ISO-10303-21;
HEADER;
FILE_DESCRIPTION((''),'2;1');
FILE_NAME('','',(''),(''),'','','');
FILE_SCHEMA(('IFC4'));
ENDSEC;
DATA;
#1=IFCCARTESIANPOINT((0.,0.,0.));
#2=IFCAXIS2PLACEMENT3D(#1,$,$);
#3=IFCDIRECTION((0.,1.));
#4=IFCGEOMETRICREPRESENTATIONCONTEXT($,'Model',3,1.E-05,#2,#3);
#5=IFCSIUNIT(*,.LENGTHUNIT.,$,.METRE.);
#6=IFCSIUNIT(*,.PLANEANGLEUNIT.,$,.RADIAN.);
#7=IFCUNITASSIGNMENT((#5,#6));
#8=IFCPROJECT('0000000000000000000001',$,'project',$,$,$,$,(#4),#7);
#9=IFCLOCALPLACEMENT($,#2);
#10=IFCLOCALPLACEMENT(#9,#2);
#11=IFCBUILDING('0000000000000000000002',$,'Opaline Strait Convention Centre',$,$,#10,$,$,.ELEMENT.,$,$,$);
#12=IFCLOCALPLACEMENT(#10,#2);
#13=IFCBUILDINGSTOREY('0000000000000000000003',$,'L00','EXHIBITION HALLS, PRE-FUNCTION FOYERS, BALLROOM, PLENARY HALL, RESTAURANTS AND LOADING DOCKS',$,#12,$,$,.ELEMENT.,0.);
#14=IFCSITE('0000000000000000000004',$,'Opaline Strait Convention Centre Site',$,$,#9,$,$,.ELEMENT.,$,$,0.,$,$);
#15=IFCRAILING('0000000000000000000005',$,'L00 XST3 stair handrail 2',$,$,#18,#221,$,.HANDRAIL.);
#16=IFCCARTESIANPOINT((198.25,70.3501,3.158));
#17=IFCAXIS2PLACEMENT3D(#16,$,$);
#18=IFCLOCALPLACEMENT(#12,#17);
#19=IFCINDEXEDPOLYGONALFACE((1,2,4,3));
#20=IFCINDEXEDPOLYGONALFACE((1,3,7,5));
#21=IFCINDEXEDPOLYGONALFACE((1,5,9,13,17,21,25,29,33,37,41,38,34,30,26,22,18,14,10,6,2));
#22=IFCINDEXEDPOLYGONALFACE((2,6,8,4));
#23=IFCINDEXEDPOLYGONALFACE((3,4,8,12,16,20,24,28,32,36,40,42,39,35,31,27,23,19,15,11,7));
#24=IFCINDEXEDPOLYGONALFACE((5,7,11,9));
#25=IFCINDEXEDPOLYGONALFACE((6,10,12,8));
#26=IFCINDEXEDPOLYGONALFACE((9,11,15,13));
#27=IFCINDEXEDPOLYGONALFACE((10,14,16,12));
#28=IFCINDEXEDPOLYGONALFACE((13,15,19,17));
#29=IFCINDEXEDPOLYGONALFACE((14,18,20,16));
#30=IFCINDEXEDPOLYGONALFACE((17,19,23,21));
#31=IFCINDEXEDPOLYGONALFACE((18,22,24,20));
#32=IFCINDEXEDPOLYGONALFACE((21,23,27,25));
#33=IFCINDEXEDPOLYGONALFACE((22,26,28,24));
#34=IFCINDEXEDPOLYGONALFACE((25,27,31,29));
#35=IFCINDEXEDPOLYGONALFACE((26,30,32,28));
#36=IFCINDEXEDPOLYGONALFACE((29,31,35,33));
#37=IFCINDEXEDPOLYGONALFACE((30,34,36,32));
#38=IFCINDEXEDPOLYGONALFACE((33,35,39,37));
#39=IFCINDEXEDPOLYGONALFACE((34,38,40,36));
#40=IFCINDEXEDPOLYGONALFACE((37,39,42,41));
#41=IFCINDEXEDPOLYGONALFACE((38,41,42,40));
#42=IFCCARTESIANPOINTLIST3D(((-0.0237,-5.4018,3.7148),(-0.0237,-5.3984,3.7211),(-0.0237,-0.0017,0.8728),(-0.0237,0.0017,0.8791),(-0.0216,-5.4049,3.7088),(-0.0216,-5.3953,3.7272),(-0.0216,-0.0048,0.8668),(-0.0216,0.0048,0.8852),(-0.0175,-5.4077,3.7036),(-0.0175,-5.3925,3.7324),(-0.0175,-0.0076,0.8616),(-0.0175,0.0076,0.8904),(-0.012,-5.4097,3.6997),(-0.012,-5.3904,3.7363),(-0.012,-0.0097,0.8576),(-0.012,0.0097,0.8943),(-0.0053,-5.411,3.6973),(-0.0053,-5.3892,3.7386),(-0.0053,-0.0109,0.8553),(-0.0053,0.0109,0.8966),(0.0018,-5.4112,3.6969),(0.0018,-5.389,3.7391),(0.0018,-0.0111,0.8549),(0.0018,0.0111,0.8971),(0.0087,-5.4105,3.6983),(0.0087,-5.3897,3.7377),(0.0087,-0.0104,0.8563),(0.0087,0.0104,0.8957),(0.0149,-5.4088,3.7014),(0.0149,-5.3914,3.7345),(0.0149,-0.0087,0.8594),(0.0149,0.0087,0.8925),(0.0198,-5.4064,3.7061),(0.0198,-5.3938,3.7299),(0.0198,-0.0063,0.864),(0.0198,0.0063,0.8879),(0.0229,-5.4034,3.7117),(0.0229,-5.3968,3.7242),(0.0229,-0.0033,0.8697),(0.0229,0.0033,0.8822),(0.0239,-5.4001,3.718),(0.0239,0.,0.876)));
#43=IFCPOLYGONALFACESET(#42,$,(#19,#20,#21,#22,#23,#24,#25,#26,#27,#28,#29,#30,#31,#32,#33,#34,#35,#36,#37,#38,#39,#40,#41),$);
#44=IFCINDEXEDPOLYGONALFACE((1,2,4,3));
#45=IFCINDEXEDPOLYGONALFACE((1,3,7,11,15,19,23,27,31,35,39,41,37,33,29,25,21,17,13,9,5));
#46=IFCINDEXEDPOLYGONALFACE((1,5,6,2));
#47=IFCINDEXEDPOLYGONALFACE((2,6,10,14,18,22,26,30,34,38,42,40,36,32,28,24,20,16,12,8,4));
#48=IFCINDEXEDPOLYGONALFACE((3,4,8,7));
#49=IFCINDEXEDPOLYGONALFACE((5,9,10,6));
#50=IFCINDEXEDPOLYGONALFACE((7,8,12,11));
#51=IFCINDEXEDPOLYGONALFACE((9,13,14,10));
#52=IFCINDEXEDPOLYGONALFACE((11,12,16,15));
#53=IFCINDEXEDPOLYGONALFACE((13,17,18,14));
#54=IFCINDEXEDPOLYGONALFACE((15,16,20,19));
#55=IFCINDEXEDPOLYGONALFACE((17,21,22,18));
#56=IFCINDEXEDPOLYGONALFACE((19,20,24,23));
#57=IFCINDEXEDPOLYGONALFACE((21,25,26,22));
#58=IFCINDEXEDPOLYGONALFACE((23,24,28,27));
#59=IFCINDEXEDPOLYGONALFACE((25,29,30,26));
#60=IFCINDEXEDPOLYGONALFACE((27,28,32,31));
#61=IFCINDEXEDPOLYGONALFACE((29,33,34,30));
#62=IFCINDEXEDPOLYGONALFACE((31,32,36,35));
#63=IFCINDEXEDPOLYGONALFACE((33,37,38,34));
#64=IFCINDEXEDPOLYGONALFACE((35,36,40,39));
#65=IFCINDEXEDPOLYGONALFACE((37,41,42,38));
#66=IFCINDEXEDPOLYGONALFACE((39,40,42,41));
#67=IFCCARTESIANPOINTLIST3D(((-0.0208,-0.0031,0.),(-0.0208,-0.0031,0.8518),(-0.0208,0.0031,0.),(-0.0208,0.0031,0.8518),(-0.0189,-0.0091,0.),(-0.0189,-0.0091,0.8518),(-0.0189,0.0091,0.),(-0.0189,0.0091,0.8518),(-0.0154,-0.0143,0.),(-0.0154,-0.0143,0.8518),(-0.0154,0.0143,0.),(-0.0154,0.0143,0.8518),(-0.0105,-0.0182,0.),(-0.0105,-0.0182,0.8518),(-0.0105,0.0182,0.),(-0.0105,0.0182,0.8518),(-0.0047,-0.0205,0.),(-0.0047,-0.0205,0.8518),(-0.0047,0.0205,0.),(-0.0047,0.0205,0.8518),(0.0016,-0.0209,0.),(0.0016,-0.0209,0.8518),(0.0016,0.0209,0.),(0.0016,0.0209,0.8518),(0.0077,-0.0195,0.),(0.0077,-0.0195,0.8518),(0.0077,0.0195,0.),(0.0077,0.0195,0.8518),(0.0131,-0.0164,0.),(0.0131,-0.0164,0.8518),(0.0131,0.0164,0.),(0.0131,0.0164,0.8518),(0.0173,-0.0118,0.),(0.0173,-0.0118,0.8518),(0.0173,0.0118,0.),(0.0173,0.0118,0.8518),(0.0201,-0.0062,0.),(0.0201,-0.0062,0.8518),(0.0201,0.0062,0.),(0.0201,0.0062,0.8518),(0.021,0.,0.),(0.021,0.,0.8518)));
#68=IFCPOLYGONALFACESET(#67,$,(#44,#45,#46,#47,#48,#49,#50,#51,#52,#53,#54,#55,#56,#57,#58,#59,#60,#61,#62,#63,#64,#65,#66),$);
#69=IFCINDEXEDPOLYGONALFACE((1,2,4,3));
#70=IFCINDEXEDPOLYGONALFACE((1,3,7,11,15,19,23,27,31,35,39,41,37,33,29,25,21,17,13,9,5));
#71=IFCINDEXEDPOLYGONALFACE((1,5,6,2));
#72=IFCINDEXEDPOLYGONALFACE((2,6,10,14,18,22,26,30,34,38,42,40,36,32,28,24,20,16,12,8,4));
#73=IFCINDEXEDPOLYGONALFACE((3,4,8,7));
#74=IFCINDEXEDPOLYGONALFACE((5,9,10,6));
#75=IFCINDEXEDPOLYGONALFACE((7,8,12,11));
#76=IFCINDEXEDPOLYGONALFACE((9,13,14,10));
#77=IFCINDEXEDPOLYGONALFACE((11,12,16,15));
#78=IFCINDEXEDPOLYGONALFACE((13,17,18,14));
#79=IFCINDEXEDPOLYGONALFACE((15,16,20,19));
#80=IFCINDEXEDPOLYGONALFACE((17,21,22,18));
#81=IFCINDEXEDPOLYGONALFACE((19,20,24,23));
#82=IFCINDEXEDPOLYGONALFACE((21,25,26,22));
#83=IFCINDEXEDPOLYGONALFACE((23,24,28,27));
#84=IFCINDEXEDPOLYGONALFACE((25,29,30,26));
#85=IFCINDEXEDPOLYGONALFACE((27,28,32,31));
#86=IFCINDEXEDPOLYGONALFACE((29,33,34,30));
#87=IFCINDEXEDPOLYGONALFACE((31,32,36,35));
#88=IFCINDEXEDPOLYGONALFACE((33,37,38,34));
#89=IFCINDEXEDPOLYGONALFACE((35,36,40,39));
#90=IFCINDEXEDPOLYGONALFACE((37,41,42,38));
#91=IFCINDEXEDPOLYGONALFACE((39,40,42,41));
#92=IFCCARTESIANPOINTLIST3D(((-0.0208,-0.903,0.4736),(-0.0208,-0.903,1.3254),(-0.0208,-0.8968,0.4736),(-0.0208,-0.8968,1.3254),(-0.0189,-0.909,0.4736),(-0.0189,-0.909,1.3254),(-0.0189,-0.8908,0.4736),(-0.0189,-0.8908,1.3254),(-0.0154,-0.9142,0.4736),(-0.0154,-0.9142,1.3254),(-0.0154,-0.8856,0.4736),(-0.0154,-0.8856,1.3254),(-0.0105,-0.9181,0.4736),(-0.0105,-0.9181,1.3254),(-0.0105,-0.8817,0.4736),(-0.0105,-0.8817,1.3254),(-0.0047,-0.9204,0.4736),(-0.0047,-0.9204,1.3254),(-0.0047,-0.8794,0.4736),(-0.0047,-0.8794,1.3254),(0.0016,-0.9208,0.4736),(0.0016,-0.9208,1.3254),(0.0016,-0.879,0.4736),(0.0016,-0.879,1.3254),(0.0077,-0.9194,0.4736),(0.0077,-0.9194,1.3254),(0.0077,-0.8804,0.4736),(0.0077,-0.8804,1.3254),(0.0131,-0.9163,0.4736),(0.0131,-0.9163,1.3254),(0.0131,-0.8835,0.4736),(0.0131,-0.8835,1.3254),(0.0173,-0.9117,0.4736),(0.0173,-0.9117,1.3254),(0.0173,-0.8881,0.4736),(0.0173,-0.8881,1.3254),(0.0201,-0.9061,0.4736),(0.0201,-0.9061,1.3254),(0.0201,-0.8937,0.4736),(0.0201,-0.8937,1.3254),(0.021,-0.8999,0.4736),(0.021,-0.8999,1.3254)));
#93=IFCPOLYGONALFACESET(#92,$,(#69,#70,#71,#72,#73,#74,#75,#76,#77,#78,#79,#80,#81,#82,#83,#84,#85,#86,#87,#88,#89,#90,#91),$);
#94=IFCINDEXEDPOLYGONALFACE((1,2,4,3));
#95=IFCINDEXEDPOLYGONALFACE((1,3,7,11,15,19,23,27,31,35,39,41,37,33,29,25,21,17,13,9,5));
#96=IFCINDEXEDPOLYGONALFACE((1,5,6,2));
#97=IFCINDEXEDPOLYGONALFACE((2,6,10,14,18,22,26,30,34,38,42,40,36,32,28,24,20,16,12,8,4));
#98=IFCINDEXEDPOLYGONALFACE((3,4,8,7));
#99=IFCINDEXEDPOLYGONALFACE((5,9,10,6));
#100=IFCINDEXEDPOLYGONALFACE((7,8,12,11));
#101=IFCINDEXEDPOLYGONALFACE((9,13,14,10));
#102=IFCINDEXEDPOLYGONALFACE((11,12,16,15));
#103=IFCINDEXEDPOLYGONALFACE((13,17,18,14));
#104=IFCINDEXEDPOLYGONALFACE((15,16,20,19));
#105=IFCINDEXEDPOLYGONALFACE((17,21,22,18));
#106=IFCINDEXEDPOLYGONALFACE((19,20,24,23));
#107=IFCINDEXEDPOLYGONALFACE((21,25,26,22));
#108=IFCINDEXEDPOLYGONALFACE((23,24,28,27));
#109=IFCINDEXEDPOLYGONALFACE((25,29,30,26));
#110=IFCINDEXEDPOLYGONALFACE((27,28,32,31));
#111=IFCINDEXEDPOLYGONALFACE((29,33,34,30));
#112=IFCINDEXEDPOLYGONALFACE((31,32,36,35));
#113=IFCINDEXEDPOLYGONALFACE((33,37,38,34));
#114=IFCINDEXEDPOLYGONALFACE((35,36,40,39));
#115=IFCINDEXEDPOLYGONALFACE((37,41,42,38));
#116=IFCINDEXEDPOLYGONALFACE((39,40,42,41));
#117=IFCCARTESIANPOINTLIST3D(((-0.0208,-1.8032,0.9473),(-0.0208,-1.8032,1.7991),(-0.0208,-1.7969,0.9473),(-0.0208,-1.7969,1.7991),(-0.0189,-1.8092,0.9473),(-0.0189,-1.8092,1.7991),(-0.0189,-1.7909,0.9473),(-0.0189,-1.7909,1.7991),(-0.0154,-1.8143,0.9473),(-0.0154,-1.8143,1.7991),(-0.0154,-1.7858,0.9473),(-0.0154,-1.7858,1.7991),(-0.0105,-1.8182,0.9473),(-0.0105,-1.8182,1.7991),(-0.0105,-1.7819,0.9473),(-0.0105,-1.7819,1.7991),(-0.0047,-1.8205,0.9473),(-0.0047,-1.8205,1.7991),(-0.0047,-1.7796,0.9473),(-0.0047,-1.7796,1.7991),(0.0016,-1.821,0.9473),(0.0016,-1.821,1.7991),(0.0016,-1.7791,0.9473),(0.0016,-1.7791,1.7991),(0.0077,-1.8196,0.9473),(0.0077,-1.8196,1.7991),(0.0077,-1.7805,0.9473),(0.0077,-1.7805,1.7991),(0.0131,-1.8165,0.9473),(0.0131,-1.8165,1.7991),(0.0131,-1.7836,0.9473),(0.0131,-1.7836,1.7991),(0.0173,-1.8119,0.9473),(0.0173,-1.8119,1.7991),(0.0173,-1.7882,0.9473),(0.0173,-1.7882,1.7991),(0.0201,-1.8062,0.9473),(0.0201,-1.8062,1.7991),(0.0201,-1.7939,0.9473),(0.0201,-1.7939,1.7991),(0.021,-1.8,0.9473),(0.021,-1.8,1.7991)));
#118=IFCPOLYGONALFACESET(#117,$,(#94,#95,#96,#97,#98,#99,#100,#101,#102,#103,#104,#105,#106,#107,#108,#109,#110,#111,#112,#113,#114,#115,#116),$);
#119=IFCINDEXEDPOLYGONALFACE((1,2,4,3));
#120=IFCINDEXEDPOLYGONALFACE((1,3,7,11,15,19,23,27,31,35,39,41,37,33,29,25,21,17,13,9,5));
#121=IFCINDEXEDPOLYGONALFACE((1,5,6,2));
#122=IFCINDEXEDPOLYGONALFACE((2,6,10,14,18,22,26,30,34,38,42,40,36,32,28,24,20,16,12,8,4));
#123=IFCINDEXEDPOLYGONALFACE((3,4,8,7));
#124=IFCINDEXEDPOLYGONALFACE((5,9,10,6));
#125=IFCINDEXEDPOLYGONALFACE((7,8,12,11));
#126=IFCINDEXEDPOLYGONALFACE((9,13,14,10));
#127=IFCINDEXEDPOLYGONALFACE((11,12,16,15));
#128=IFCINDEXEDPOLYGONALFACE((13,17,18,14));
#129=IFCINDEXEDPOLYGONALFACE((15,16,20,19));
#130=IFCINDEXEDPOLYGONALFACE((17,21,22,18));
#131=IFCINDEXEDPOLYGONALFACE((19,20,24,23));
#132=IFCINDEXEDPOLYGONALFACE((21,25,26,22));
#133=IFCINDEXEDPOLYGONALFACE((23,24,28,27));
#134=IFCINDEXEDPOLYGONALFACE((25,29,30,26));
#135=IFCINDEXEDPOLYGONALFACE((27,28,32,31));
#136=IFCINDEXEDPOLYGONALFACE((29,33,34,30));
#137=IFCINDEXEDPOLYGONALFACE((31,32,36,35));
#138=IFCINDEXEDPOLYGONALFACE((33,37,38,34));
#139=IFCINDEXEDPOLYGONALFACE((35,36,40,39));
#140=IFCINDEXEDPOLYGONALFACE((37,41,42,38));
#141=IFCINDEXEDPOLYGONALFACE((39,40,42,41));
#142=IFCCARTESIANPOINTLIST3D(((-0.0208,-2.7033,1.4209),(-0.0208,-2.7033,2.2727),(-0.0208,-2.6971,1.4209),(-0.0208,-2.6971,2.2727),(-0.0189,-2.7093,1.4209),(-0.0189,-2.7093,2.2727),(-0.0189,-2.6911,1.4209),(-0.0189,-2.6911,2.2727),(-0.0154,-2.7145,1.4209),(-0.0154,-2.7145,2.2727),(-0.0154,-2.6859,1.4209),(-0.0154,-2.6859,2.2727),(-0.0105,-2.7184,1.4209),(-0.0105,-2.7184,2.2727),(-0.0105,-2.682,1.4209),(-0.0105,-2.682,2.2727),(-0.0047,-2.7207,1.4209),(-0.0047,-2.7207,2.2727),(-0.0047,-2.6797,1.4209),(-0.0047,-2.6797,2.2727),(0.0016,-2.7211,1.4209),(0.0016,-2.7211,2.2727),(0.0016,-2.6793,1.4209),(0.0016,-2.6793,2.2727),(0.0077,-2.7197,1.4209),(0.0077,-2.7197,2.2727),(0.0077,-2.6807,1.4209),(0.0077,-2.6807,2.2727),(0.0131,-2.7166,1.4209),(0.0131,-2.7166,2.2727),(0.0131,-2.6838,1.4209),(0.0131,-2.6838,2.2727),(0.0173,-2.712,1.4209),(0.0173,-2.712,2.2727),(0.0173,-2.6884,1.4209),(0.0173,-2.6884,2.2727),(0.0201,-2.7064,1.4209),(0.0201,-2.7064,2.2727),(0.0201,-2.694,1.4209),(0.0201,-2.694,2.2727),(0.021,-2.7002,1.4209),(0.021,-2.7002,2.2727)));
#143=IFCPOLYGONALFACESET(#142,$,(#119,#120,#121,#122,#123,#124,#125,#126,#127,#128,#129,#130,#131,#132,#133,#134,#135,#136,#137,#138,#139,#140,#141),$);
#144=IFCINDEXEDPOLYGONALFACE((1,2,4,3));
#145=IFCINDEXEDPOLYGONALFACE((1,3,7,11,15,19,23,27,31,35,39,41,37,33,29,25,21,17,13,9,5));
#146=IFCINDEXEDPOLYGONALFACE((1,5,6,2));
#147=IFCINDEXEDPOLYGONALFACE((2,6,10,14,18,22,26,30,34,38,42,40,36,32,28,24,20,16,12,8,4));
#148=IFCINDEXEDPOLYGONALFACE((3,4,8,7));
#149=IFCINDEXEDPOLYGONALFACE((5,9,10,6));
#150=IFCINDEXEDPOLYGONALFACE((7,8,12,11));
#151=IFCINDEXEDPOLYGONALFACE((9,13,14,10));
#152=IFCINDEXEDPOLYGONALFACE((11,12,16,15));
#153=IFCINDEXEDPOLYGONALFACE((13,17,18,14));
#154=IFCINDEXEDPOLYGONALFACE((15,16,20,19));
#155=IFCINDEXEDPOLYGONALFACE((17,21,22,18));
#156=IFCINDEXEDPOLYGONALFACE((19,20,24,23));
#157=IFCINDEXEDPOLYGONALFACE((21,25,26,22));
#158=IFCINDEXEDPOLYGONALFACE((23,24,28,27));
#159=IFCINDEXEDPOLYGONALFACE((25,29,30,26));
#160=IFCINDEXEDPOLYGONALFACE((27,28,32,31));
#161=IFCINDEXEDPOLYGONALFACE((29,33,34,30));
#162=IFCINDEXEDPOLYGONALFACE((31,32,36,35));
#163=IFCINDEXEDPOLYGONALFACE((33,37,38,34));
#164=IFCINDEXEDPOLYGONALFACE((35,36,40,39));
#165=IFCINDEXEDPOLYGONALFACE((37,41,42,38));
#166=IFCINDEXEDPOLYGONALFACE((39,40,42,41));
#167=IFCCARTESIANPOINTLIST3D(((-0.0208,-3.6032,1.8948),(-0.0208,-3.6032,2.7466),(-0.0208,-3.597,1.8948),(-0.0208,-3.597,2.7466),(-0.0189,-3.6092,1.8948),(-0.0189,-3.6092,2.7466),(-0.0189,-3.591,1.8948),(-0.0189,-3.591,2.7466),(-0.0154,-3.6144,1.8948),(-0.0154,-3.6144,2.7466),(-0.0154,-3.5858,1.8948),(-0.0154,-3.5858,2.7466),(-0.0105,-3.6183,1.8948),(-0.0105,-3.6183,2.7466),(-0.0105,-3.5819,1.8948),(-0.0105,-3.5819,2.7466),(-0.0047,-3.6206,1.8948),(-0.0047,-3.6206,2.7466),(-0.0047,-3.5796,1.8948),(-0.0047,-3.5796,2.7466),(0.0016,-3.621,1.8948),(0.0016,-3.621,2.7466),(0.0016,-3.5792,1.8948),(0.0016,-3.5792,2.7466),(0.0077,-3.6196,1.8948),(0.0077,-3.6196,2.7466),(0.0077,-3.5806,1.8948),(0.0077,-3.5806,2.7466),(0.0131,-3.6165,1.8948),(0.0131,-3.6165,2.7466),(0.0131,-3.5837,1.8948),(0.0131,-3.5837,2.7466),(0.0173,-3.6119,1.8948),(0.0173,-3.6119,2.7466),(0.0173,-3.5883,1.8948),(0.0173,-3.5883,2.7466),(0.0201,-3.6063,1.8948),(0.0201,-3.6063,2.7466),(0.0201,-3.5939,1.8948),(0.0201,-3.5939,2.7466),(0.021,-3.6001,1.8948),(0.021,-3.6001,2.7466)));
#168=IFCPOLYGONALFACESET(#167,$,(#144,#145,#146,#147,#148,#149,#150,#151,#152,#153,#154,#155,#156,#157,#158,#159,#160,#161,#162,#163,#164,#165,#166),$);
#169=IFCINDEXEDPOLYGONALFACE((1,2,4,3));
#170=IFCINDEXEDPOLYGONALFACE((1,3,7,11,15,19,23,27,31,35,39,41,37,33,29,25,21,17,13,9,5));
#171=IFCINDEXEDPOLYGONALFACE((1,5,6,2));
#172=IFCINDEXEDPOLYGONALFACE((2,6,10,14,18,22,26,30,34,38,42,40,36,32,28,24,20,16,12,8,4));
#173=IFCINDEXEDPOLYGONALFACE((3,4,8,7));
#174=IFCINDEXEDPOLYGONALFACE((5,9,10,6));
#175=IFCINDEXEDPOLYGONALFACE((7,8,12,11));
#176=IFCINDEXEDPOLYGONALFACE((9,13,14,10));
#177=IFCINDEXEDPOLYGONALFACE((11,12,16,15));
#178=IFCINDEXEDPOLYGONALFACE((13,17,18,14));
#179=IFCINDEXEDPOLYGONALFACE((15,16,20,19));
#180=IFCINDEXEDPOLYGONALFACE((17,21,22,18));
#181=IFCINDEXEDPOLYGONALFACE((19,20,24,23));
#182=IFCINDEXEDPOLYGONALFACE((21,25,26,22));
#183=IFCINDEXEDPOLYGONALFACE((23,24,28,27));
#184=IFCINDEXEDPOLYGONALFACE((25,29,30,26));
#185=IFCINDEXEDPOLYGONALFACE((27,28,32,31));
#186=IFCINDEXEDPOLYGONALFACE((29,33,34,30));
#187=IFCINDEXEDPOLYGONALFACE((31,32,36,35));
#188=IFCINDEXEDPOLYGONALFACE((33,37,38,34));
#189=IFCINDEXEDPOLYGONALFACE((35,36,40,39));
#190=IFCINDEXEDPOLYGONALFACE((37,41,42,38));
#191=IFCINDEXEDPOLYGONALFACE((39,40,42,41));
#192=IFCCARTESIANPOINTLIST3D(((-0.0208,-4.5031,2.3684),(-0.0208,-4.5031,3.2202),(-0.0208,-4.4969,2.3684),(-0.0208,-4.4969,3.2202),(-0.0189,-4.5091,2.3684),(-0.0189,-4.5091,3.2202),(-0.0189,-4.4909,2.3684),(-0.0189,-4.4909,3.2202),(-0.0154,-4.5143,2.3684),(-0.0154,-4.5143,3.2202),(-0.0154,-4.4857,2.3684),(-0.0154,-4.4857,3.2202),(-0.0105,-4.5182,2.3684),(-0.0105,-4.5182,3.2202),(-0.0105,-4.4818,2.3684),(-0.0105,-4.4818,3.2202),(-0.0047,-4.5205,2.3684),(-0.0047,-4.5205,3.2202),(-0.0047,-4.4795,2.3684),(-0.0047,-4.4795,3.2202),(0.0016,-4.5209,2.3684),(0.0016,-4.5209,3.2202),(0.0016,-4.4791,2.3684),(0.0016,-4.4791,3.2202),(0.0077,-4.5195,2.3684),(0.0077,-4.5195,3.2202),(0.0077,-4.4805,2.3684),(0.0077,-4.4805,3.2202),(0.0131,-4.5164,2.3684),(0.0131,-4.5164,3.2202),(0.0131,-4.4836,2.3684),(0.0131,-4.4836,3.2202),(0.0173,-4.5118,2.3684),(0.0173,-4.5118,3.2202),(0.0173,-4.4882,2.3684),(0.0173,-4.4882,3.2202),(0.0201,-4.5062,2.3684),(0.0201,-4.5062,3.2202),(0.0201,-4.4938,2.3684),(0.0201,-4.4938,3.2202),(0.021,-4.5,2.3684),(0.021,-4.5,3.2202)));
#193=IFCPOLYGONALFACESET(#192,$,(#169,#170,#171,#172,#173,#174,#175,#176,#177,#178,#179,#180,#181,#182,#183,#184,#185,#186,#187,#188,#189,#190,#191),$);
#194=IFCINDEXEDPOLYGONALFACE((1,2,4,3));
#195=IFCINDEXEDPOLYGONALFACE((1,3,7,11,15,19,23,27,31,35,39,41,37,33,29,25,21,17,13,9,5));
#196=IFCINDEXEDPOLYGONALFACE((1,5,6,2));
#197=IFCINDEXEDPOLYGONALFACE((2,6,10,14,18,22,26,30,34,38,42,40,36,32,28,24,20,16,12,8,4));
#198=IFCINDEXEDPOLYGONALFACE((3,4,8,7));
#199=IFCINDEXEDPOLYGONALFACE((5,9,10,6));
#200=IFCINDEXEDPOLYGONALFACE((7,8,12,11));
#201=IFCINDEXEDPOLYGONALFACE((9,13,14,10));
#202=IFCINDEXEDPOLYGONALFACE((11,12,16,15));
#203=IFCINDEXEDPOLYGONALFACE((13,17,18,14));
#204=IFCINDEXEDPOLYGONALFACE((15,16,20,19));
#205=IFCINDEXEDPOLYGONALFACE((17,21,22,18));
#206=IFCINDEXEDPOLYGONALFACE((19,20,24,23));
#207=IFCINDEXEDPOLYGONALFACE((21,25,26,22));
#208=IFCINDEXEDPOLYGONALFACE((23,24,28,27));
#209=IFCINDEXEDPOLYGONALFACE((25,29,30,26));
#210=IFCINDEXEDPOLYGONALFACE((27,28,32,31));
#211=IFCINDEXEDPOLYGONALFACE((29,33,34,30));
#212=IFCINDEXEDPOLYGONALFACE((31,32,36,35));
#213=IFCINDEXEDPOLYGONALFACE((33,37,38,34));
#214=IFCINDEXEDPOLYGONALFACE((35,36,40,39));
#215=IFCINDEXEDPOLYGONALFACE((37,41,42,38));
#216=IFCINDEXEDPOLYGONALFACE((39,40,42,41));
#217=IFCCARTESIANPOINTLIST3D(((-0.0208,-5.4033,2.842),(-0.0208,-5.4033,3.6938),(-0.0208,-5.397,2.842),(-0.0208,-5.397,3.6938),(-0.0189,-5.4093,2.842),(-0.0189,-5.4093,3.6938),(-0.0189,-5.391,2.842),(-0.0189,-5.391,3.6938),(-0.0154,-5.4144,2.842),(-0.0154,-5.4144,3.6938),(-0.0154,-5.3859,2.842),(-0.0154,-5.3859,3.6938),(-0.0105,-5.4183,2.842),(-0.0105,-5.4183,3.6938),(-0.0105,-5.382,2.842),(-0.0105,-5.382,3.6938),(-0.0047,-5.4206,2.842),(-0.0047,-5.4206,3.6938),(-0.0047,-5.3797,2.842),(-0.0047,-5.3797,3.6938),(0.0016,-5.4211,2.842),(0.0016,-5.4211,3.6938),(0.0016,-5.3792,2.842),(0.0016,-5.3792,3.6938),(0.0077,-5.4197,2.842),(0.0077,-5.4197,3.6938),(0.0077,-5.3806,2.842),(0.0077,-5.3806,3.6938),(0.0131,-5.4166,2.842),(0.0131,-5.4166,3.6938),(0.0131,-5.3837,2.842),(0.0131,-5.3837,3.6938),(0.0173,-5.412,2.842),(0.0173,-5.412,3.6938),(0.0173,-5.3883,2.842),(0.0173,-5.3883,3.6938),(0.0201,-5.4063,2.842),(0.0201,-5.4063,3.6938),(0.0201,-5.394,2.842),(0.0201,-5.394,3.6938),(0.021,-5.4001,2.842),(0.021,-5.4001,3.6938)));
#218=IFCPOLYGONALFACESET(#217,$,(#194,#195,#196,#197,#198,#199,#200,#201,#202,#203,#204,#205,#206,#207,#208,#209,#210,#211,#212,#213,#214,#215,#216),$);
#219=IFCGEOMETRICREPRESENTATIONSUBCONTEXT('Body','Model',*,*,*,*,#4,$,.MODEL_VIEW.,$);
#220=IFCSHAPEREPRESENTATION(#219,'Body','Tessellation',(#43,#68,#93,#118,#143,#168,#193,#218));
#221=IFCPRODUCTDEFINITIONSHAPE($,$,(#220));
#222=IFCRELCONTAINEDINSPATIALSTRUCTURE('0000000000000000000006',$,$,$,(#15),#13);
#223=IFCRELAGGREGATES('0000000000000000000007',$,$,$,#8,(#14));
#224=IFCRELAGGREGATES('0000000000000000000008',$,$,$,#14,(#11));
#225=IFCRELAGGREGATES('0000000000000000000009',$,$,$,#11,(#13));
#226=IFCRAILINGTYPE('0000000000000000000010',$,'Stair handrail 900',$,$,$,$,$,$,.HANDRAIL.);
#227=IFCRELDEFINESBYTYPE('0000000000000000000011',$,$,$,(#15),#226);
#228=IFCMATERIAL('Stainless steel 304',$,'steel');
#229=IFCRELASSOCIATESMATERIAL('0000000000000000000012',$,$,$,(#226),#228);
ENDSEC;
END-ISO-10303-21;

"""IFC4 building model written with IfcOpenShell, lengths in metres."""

from ifc_helpers import new_model, si_unit, direction, frame, origin, origin_2d, place, context, subcontext, project, spatial, circle, extrude, material, type_object, element, save


model = new_model("IFC4")

# Units and contexts
model_context = context("Model", 3, precision=1e-05, world=origin(), true_north=direction((0.0, 1.0)))
body_context = subcontext(model_context, "Body", "Model", "MODEL_VIEW")
ifc_project = project(units=[si_unit("LENGTHUNIT", "METRE"), si_unit("PLANEANGLEUNIT", "RADIAN")], contexts=[model_context])

# Site, building, storey
site_placement = place(None, origin())
site = spatial("IfcSite", under=ifc_project, at=site_placement, Name="Opaline Strait Convention Centre Site", CompositionType="ELEMENT", RefElevation=0.0)
building_placement = place(site_placement, origin())
building = spatial("IfcBuilding", under=site, at=building_placement, Name="Opaline Strait Convention Centre", CompositionType="ELEMENT")
storey_placement = place(building_placement, origin())
storey = spatial("IfcBuildingStorey", under=building, at=storey_placement, Name="L00", Description="EXHIBITION HALLS, PRE-FUNCTION FOYERS, BALLROOM, PLENARY HALL, RESTAURANTS AND LOADING DOCKS", CompositionType="ELEMENT", Elevation=0.0)

# Railing
ifc_material_1 = material(Name="Stainless steel 304", Category="steel")
railing_type_1 = type_object("IfcRailingType", Name="Stair handrail 900", PredefinedType="HANDRAIL", material=ifc_material_1)
railing_1_placement = place(storey_placement, frame((198.25, 70.3501, 3.158)))
element("IfcRailing", 1, at=railing_1_placement, inside=storey, type_object=railing_type_1, Name="L00 XST3 stair handrail 2", PredefinedType="HANDRAIL", context=body_context, shape_type="SweptSolid", body=[
    extrude(circle(Radius=0.0239, at=origin_2d()), frame((0.0, 0.0, 0.876), z_axis=(0.0, -0.884928, 0.465728), x_axis=(1.0, 0.0, 0.0)), (0.0, 0.0, 1.0), 6.1023),
    extrude(circle(Radius=0.021, at=origin_2d()), origin(), (0.0, 0.0, 1.0), 0.8518),
    extrude(circle(Radius=0.021, at=origin_2d()), frame((0.0, -0.8999, 0.4736)), (0.0, 0.0, 1.0), 0.8518),
    extrude(circle(Radius=0.021, at=origin_2d()), frame((0.0, -1.8, 0.9473)), (0.0, 0.0, 1.0), 0.8518),
    extrude(circle(Radius=0.021, at=origin_2d()), frame((0.0, -2.7002, 1.4209)), (0.0, 0.0, 1.0), 0.8518),
    extrude(circle(Radius=0.021, at=origin_2d()), frame((0.0, -3.6001, 1.8948)), (0.0, 0.0, 1.0), 0.8518),
    extrude(circle(Radius=0.021, at=origin_2d()), frame((0.0, -4.5, 2.3684)), (0.0, 0.0, 1.0), 0.8518),
    extrude(circle(Radius=0.021, at=origin_2d()), frame((0.0, -5.4001, 2.842)), (0.0, 0.0, 1.0), 0.8518),
])

save(model, "model.ifc")
